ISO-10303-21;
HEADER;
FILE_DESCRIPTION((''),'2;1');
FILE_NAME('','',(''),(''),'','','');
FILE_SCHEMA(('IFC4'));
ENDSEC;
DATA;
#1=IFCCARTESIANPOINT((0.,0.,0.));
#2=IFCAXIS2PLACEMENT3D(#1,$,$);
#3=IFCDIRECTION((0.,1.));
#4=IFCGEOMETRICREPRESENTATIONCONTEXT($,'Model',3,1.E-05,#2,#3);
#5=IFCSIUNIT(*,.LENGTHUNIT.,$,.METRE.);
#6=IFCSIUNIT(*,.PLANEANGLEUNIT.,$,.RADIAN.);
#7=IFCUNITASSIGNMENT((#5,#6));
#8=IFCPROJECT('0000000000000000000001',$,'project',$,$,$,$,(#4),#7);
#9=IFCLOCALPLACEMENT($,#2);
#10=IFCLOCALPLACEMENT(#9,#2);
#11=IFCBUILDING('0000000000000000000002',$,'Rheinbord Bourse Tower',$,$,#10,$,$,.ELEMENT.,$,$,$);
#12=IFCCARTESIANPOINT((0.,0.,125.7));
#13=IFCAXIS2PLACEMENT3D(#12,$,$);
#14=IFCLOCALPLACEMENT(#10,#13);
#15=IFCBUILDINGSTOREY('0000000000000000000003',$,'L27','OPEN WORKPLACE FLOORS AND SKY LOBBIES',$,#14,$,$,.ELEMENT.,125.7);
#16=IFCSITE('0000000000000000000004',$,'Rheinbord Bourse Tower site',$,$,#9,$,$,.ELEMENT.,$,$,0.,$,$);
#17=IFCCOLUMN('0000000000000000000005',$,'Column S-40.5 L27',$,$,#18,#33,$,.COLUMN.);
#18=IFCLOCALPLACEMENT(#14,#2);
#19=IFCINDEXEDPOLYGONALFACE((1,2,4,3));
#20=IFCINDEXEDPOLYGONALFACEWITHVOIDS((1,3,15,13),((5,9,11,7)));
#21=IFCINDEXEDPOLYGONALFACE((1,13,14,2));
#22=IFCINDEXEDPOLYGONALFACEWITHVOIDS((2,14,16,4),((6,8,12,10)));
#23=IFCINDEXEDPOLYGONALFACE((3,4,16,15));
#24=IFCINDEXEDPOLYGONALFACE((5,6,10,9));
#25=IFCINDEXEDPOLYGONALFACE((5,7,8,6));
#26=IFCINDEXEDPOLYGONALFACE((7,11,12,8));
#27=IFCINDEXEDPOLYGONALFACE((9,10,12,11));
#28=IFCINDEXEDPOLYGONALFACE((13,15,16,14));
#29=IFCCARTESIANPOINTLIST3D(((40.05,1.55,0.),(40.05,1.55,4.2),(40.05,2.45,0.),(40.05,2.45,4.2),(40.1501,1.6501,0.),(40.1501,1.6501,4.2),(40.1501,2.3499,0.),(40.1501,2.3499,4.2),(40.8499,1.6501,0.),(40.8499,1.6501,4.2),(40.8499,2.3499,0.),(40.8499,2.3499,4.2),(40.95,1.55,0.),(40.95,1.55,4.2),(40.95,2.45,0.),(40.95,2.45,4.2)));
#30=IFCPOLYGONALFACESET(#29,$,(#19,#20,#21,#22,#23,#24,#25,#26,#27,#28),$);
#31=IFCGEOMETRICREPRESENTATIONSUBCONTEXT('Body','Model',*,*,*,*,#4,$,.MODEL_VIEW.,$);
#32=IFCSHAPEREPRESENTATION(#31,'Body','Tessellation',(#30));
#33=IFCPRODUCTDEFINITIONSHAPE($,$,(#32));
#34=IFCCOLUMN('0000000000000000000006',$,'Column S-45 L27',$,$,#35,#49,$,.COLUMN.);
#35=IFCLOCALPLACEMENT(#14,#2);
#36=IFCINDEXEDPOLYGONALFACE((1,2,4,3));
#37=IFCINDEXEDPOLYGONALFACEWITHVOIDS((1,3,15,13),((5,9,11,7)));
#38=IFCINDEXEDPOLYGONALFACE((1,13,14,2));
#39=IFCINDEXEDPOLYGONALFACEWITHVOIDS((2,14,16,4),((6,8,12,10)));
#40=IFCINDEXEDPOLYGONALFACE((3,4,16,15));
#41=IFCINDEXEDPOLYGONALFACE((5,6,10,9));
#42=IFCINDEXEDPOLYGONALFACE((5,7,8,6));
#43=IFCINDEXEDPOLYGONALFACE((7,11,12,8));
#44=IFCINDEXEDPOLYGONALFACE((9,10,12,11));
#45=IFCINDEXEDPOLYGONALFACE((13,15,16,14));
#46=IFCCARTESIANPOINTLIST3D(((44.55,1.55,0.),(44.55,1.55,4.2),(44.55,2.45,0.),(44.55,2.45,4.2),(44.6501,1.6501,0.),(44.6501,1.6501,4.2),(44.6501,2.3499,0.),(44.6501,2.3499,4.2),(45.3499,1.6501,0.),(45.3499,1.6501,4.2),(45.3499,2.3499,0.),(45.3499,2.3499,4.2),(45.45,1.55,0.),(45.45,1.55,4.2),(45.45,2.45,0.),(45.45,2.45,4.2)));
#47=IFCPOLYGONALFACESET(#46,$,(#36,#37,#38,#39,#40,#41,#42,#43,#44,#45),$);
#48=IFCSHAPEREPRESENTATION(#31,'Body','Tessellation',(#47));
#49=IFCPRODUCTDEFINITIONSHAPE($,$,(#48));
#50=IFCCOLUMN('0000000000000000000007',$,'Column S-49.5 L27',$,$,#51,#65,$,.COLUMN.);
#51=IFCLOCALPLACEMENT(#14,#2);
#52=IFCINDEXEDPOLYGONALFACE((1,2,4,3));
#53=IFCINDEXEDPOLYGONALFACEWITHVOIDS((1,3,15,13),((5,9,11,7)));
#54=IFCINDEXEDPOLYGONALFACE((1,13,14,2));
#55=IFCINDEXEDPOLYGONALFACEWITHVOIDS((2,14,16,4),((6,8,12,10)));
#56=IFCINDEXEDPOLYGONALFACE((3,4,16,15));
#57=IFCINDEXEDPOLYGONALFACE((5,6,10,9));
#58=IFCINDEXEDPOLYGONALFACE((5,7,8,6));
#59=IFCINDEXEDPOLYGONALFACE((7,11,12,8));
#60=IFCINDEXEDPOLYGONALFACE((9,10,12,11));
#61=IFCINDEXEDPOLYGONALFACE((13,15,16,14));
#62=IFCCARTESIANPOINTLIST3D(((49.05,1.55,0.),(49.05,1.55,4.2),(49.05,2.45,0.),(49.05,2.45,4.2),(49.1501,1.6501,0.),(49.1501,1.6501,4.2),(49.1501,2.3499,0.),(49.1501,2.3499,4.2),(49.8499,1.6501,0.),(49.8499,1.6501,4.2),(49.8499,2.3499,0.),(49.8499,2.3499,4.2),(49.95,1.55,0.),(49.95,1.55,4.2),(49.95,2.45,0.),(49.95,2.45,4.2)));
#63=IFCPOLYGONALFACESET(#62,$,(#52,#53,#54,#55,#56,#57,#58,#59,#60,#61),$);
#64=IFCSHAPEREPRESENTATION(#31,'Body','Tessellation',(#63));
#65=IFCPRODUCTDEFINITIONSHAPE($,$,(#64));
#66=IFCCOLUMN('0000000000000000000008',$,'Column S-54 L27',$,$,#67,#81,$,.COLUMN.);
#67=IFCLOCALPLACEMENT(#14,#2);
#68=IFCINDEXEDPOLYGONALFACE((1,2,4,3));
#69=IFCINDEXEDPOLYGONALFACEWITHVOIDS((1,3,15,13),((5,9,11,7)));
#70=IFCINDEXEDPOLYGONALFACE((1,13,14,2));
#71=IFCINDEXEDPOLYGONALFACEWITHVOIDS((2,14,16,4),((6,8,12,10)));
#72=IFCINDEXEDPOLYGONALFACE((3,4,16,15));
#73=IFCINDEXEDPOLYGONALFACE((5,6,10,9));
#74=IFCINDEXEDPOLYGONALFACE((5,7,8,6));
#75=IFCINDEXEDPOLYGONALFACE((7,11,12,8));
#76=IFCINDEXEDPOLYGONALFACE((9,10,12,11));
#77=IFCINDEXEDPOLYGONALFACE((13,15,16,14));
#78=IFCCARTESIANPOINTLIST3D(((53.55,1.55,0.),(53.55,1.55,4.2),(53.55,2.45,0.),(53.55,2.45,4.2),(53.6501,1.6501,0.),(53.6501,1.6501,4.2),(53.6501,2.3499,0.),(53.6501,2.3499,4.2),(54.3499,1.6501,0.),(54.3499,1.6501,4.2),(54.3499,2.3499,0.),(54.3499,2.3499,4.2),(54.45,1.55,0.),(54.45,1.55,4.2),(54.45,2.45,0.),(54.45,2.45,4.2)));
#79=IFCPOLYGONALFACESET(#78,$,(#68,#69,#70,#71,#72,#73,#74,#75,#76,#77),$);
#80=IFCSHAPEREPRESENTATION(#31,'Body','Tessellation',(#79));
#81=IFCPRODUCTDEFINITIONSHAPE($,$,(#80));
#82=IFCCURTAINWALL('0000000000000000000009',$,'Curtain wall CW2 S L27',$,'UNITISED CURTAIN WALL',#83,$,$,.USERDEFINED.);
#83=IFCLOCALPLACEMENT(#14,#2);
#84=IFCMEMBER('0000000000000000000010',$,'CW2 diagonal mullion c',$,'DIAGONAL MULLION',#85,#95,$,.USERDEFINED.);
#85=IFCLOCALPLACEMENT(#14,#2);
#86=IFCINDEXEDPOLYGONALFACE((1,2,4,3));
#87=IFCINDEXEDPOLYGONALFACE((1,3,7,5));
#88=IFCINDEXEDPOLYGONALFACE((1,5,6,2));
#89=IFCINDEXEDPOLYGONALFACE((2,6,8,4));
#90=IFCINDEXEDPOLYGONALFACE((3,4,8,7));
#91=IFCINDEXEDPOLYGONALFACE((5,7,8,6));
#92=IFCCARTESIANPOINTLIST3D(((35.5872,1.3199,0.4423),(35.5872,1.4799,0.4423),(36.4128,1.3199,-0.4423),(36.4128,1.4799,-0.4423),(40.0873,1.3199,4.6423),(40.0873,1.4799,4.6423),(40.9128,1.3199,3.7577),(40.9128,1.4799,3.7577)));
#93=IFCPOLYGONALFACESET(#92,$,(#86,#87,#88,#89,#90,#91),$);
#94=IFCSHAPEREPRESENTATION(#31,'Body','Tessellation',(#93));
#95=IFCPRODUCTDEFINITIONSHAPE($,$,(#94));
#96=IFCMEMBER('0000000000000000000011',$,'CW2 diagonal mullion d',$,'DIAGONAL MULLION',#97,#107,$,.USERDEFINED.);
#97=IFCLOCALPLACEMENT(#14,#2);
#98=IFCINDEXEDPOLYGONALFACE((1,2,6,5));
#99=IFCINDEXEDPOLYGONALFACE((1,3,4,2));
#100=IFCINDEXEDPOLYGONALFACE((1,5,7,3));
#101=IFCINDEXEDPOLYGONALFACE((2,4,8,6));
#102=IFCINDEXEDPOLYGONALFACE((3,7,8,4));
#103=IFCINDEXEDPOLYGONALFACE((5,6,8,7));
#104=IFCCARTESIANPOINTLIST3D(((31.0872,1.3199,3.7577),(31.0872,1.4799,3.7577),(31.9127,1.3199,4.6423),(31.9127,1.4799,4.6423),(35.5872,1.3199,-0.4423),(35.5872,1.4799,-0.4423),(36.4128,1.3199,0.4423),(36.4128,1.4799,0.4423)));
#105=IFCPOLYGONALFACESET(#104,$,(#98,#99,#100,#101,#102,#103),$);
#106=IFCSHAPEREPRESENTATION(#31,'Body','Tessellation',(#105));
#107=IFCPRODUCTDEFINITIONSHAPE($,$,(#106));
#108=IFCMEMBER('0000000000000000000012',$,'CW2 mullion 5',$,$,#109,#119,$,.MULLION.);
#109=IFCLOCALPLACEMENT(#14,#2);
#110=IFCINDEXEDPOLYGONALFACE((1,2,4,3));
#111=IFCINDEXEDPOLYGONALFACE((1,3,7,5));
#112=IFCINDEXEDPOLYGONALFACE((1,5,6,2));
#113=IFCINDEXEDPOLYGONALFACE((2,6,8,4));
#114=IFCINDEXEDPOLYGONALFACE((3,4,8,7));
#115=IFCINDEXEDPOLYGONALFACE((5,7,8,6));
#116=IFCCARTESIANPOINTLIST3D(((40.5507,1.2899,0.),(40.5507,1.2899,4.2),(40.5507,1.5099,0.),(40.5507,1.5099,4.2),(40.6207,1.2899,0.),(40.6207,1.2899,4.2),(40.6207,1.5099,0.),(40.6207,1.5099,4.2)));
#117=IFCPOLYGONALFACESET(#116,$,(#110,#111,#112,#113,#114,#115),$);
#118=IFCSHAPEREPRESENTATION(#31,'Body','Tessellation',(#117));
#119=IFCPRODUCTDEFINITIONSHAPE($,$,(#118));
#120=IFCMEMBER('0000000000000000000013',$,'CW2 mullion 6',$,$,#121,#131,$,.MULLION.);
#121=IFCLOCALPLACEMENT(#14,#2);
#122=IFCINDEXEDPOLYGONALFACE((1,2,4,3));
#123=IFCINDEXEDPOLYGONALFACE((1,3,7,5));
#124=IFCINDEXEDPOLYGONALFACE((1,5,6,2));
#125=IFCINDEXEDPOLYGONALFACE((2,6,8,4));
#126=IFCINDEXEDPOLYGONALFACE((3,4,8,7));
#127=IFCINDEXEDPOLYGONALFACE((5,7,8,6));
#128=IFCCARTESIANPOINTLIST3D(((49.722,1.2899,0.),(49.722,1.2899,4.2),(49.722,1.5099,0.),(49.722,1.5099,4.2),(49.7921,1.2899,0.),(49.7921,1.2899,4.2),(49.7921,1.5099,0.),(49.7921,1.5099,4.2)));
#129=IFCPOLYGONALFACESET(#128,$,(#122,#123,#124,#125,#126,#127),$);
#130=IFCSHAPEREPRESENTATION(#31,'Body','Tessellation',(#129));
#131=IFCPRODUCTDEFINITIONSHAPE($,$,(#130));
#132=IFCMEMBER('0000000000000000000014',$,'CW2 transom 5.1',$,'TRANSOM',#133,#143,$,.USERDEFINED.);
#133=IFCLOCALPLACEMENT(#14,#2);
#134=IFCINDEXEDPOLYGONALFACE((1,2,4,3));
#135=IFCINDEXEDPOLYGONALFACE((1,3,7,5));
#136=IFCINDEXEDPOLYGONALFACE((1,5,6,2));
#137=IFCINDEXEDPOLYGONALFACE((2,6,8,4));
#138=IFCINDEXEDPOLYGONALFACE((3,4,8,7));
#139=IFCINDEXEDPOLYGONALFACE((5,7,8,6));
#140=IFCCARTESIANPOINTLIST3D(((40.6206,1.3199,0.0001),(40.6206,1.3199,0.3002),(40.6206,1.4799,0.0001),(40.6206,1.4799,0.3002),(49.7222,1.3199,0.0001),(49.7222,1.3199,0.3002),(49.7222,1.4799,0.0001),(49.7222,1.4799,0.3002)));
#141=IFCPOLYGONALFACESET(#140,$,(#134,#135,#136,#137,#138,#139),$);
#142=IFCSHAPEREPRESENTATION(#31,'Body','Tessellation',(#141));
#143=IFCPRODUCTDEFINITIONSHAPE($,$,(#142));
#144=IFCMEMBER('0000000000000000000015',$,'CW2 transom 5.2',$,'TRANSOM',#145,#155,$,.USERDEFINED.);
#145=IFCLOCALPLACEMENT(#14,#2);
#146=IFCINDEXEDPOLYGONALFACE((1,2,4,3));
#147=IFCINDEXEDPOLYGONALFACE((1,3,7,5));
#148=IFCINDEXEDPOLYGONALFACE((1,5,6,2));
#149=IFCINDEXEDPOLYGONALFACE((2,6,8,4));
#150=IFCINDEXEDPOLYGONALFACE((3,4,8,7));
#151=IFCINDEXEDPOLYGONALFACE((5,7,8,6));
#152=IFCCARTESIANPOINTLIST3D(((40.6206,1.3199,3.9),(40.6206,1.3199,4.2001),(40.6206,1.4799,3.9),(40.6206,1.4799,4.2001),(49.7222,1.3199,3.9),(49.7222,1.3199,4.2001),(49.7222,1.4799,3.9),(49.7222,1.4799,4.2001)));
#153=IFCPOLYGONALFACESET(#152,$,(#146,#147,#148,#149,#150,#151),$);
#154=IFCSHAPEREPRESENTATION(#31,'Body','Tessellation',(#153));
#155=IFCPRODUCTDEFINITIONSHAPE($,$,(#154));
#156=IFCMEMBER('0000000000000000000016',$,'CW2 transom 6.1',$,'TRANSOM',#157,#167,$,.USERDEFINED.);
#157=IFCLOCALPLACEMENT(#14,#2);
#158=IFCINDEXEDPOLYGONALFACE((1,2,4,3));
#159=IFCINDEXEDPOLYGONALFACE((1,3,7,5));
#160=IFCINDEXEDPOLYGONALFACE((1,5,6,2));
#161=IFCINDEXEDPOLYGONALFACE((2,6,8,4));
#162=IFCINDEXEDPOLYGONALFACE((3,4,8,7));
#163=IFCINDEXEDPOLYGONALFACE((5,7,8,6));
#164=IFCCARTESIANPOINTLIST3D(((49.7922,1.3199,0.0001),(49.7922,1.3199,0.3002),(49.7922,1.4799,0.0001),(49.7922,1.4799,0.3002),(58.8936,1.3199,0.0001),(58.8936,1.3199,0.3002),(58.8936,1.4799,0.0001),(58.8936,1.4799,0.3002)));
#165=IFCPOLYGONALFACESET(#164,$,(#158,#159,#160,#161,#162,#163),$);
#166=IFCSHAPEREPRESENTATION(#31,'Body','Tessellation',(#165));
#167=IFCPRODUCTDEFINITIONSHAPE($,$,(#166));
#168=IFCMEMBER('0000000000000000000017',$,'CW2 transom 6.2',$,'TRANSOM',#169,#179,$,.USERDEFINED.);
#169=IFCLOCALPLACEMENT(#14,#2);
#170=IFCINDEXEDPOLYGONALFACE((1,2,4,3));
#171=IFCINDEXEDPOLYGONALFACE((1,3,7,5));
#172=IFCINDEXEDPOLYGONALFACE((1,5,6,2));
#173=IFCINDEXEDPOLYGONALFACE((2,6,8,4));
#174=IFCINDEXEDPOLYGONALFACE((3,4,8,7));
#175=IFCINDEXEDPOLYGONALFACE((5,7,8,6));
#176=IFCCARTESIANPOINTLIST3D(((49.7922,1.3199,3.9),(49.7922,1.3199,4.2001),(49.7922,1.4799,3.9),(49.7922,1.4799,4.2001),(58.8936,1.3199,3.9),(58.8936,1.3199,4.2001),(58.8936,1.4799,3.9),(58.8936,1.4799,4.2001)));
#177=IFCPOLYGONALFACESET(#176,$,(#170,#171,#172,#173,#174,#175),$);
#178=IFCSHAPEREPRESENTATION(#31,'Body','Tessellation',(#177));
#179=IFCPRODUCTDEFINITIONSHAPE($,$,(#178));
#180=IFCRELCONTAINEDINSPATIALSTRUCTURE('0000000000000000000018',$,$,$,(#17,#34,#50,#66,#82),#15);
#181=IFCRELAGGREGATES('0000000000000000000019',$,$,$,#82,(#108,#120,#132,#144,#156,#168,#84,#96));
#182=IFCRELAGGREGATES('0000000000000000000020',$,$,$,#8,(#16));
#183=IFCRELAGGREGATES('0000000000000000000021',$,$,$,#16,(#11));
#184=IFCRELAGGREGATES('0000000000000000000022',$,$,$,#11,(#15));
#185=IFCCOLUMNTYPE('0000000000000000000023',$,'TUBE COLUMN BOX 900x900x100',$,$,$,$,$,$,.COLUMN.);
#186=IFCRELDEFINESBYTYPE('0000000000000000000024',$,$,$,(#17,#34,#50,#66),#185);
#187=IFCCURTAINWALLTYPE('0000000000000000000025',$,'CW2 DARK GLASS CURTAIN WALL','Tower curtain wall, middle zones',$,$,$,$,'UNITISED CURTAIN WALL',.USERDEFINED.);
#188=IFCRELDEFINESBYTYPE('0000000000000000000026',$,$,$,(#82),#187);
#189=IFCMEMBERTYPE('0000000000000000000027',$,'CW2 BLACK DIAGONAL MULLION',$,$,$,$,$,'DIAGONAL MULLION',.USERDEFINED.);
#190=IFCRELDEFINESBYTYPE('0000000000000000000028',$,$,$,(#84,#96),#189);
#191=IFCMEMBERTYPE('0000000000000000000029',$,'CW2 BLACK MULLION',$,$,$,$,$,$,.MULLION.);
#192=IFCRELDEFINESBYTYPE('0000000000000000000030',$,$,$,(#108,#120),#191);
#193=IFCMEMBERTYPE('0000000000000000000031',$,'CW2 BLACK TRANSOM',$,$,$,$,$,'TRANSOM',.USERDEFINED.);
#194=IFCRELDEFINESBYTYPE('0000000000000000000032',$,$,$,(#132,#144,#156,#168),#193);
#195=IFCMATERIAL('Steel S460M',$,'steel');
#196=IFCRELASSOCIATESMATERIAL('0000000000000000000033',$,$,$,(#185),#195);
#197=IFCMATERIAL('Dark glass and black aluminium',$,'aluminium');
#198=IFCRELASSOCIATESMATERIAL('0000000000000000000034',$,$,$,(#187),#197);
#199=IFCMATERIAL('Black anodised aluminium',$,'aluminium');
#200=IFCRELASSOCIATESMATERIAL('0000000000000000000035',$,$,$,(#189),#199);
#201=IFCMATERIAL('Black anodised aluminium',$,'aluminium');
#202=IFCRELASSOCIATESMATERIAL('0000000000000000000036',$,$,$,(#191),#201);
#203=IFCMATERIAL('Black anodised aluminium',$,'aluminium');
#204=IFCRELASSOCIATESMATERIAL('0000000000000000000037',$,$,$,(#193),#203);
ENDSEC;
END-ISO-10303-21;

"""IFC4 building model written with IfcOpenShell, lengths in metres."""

from ifc_helpers import new_model, si_unit, direction, frame, origin, origin_2d, place, context, subcontext, project, spatial, rectangle, hollow_rectangle, extrude, material, material_profile, profile_set, type_object, element, aggregate, save


model = new_model("IFC4")

# Units and contexts
model_context = context("Model", 3, precision=1e-05, world=origin(), true_north=direction((0.0, 1.0)))
body_context = subcontext(model_context, "Body", "Model", "MODEL_VIEW")
ifc_project = project(units=[si_unit("LENGTHUNIT", "METRE"), si_unit("PLANEANGLEUNIT", "RADIAN")], contexts=[model_context])

# Site, building, storey
site_placement = place(None, origin())
site = spatial("IfcSite", under=ifc_project, at=site_placement, Name="Rheinbord Bourse Tower site", CompositionType="ELEMENT", RefElevation=0.0)
building_placement = place(site_placement, origin())
building = spatial("IfcBuilding", under=site, at=building_placement, Name="Rheinbord Bourse Tower", CompositionType="ELEMENT")
storey_placement = place(building_placement, frame((0.0, 0.0, 125.7)))
storey = spatial("IfcBuildingStorey", under=building, at=storey_placement, Name="L27", Description="OPEN WORKPLACE FLOORS AND SKY LOBBIES", CompositionType="ELEMENT", Elevation=125.7)

# Columns
ifc_material_1 = material(Name="Steel S460M", Category="steel")
ifc_material_profile_1 = material_profile(ifc_material_1, hollow_rectangle(XDim=0.8999, YDim=0.8999, WallThickness=0.1001, at=origin_2d()), Name="BOX 900x900x100")
ifc_profile_set_1 = profile_set([ifc_material_profile_1], Name="Steel S460M")
column_type = type_object("IfcColumnType", Name="TUBE COLUMN BOX 900x900x100", PredefinedType="COLUMN", material=ifc_profile_set_1)
for number, where, z_axis, x_axis, name in (
    (1, (40.5, 2.0, 0.0), (0.0, 0.0, 1.0), (0.0, 1.0, 0.0), "Column S-40.5 L27"),
    (2, (45.0, 2.0, 0.0), (0.0, 0.0, 1.0), (0.0, 1.0, 0.0), "Column S-45 L27"),
    (3, (49.5, 2.0, 0.0), (0.0, 0.0, 1.0), (0.0, 1.0, 0.0), "Column S-49.5 L27"),
    (4, (54.0, 2.0, 0.0), (0.0, 0.0, 1.0), (0.0, 1.0, 0.0), "Column S-54 L27"),
):
    element("IfcColumn", number, at=place(storey_placement, frame(where, z_axis=z_axis, x_axis=x_axis)), inside=storey, type_object=column_type, Name=name, PredefinedType="COLUMN", context=body_context, shape_type="SweptSolid", body=[
        extrude(hollow_rectangle(XDim=0.8999, YDim=0.8999, WallThickness=0.1001, at=origin_2d()), origin(), (0.0, 0.0, 1.0), 4.2),
    ])

# Curtain wall, members
ifc_material_2 = material(Name="Dark glass and black aluminium", Category="aluminium")
curtain_wall_type = type_object("IfcCurtainWallType", Name="CW2 DARK GLASS CURTAIN WALL", Description="Tower curtain wall, middle zones", ElementType="UNITISED CURTAIN WALL", PredefinedType="USERDEFINED", material=ifc_material_2)
curtain_wall_placement = place(storey_placement, origin())
curtain_wall = element("IfcCurtainWall", 5, at=curtain_wall_placement, inside=storey, type_object=curtain_wall_type, Name="Curtain wall CW2 S L27", ObjectType="UNITISED CURTAIN WALL", PredefinedType="USERDEFINED")
ifc_material_3 = material(Name="Black anodised aluminium", Category="aluminium")
ifc_material_profile_2 = material_profile(ifc_material_3, rectangle(XDim=0.1599, YDim=1.21, at=origin_2d()), Name="CW2 DIAGONAL MULLION 1210x160")
ifc_profile_set_2 = profile_set([ifc_material_profile_2], Name="Black anodised aluminium")
member_type_1 = type_object("IfcMemberType", Name="CW2 BLACK DIAGONAL MULLION", ElementType="DIAGONAL MULLION", PredefinedType="USERDEFINED", material=ifc_profile_set_2)
member_1_placement = place(storey_placement, frame((36.0, 1.3999, 0.0), z_axis=(0.731059, 0.0, 0.682314), x_axis=(0.0, 1.0, 0.0)))
member_1 = element("IfcMember", 6, at=member_1_placement, type_object=member_type_1, Name="CW2 diagonal mullion c", ObjectType="DIAGONAL MULLION", PredefinedType="USERDEFINED", context=body_context, shape_type="SweptSolid", body=[
    extrude(rectangle(XDim=0.1599, YDim=1.21, at=origin_2d()), origin(), (0.0, 0.0, 1.0), 6.1555),
])
member_2_placement = place(storey_placement, frame((36.0, 1.3999, 0.0), z_axis=(-0.731059, 0.0, 0.682314), x_axis=(0.0, -1.0, 0.0)))
member_2 = element("IfcMember", 7, at=member_2_placement, type_object=member_type_1, Name="CW2 diagonal mullion d", ObjectType="DIAGONAL MULLION", PredefinedType="USERDEFINED", context=body_context, shape_type="SweptSolid", body=[
    extrude(rectangle(XDim=0.1599, YDim=1.21, at=origin_2d()), origin(), (0.0, 0.0, 1.0), 6.1555),
])
ifc_material_4 = material(Name="Black anodised aluminium", Category="aluminium")
ifc_material_profile_3 = material_profile(ifc_material_4, rectangle(XDim=0.22, YDim=0.0701, at=origin_2d()), Name="CW2 MULLION 70x220")
ifc_profile_set_3 = profile_set([ifc_material_profile_3], Name="Black anodised aluminium")
member_type_2 = type_object("IfcMemberType", Name="CW2 BLACK MULLION", PredefinedType="MULLION", material=ifc_profile_set_3)
member_3_placement = place(storey_placement, frame((40.5857, 1.3999, 0.0), z_axis=(0.0, 0.0, 1.0), x_axis=(0.0, 1.0, 0.0)))
member_3 = element("IfcMember", 8, at=member_3_placement, type_object=member_type_2, Name="CW2 mullion 5", PredefinedType="MULLION", context=body_context, shape_type="SweptSolid", body=[
    extrude(rectangle(XDim=0.22, YDim=0.0701, at=origin_2d()), origin(), (0.0, 0.0, 1.0), 4.2),
])
member_4_placement = place(storey_placement, frame((49.7571, 1.3999, 0.0), z_axis=(0.0, 0.0, 1.0), x_axis=(0.0, 1.0, 0.0)))
member_4 = element("IfcMember", 9, at=member_4_placement, type_object=member_type_2, Name="CW2 mullion 6", PredefinedType="MULLION", context=body_context, shape_type="SweptSolid", body=[
    extrude(rectangle(XDim=0.22, YDim=0.0701, at=origin_2d()), origin(), (0.0, 0.0, 1.0), 4.2),
])
ifc_material_5 = material(Name="Black anodised aluminium", Category="aluminium")
ifc_material_profile_4 = material_profile(ifc_material_5, rectangle(XDim=0.1599, YDim=0.3, at=origin_2d()), Name="CW2 TRANSOM 300x160")
ifc_profile_set_4 = profile_set([ifc_material_profile_4], Name="Black anodised aluminium")
member_type_3 = type_object("IfcMemberType", Name="CW2 BLACK TRANSOM", ElementType="TRANSOM", PredefinedType="USERDEFINED", material=ifc_profile_set_4)
member_5_placement = place(storey_placement, frame((40.6206, 1.3999, 0.1501), z_axis=(1.0, 0.0, 0.0), x_axis=(0.0, 1.0, 0.0)))
member_5 = element("IfcMember", 10, at=member_5_placement, type_object=member_type_3, Name="CW2 transom 5.1", ObjectType="TRANSOM", PredefinedType="USERDEFINED", context=body_context, shape_type="SweptSolid", body=[
    extrude(rectangle(XDim=0.1599, YDim=0.3, at=origin_2d()), origin(), (0.0, 0.0, 1.0), 9.1016),
])
member_6_placement = place(storey_placement, frame((40.6206, 1.3999, 4.05), z_axis=(1.0, 0.0, 0.0), x_axis=(0.0, 1.0, 0.0)))
member_6 = element("IfcMember", 11, at=member_6_placement, type_object=member_type_3, Name="CW2 transom 5.2", ObjectType="TRANSOM", PredefinedType="USERDEFINED", context=body_context, shape_type="SweptSolid", body=[
    extrude(rectangle(XDim=0.1599, YDim=0.3, at=origin_2d()), origin(), (0.0, 0.0, 1.0), 9.1016),
])
member_7_placement = place(storey_placement, frame((49.7922, 1.3999, 0.1501), z_axis=(1.0, 0.0, 0.0), x_axis=(0.0, 1.0, 0.0)))
member_7 = element("IfcMember", 12, at=member_7_placement, type_object=member_type_3, Name="CW2 transom 6.1", ObjectType="TRANSOM", PredefinedType="USERDEFINED", context=body_context, shape_type="SweptSolid", body=[
    extrude(rectangle(XDim=0.1599, YDim=0.3, at=origin_2d()), origin(), (0.0, 0.0, 1.0), 9.1013),
])
member_8_placement = place(storey_placement, frame((49.7922, 1.3999, 4.05), z_axis=(1.0, 0.0, 0.0), x_axis=(0.0, 1.0, 0.0)))
member_8 = element("IfcMember", 13, at=member_8_placement, type_object=member_type_3, Name="CW2 transom 6.2", ObjectType="TRANSOM", PredefinedType="USERDEFINED", context=body_context, shape_type="SweptSolid", body=[
    extrude(rectangle(XDim=0.1599, YDim=0.3, at=origin_2d()), origin(), (0.0, 0.0, 1.0), 9.1013),
])

aggregate(curtain_wall, [member_3, member_4, member_5, member_6, member_7, member_8, member_1, member_2])

save(model, "model.ifc")
